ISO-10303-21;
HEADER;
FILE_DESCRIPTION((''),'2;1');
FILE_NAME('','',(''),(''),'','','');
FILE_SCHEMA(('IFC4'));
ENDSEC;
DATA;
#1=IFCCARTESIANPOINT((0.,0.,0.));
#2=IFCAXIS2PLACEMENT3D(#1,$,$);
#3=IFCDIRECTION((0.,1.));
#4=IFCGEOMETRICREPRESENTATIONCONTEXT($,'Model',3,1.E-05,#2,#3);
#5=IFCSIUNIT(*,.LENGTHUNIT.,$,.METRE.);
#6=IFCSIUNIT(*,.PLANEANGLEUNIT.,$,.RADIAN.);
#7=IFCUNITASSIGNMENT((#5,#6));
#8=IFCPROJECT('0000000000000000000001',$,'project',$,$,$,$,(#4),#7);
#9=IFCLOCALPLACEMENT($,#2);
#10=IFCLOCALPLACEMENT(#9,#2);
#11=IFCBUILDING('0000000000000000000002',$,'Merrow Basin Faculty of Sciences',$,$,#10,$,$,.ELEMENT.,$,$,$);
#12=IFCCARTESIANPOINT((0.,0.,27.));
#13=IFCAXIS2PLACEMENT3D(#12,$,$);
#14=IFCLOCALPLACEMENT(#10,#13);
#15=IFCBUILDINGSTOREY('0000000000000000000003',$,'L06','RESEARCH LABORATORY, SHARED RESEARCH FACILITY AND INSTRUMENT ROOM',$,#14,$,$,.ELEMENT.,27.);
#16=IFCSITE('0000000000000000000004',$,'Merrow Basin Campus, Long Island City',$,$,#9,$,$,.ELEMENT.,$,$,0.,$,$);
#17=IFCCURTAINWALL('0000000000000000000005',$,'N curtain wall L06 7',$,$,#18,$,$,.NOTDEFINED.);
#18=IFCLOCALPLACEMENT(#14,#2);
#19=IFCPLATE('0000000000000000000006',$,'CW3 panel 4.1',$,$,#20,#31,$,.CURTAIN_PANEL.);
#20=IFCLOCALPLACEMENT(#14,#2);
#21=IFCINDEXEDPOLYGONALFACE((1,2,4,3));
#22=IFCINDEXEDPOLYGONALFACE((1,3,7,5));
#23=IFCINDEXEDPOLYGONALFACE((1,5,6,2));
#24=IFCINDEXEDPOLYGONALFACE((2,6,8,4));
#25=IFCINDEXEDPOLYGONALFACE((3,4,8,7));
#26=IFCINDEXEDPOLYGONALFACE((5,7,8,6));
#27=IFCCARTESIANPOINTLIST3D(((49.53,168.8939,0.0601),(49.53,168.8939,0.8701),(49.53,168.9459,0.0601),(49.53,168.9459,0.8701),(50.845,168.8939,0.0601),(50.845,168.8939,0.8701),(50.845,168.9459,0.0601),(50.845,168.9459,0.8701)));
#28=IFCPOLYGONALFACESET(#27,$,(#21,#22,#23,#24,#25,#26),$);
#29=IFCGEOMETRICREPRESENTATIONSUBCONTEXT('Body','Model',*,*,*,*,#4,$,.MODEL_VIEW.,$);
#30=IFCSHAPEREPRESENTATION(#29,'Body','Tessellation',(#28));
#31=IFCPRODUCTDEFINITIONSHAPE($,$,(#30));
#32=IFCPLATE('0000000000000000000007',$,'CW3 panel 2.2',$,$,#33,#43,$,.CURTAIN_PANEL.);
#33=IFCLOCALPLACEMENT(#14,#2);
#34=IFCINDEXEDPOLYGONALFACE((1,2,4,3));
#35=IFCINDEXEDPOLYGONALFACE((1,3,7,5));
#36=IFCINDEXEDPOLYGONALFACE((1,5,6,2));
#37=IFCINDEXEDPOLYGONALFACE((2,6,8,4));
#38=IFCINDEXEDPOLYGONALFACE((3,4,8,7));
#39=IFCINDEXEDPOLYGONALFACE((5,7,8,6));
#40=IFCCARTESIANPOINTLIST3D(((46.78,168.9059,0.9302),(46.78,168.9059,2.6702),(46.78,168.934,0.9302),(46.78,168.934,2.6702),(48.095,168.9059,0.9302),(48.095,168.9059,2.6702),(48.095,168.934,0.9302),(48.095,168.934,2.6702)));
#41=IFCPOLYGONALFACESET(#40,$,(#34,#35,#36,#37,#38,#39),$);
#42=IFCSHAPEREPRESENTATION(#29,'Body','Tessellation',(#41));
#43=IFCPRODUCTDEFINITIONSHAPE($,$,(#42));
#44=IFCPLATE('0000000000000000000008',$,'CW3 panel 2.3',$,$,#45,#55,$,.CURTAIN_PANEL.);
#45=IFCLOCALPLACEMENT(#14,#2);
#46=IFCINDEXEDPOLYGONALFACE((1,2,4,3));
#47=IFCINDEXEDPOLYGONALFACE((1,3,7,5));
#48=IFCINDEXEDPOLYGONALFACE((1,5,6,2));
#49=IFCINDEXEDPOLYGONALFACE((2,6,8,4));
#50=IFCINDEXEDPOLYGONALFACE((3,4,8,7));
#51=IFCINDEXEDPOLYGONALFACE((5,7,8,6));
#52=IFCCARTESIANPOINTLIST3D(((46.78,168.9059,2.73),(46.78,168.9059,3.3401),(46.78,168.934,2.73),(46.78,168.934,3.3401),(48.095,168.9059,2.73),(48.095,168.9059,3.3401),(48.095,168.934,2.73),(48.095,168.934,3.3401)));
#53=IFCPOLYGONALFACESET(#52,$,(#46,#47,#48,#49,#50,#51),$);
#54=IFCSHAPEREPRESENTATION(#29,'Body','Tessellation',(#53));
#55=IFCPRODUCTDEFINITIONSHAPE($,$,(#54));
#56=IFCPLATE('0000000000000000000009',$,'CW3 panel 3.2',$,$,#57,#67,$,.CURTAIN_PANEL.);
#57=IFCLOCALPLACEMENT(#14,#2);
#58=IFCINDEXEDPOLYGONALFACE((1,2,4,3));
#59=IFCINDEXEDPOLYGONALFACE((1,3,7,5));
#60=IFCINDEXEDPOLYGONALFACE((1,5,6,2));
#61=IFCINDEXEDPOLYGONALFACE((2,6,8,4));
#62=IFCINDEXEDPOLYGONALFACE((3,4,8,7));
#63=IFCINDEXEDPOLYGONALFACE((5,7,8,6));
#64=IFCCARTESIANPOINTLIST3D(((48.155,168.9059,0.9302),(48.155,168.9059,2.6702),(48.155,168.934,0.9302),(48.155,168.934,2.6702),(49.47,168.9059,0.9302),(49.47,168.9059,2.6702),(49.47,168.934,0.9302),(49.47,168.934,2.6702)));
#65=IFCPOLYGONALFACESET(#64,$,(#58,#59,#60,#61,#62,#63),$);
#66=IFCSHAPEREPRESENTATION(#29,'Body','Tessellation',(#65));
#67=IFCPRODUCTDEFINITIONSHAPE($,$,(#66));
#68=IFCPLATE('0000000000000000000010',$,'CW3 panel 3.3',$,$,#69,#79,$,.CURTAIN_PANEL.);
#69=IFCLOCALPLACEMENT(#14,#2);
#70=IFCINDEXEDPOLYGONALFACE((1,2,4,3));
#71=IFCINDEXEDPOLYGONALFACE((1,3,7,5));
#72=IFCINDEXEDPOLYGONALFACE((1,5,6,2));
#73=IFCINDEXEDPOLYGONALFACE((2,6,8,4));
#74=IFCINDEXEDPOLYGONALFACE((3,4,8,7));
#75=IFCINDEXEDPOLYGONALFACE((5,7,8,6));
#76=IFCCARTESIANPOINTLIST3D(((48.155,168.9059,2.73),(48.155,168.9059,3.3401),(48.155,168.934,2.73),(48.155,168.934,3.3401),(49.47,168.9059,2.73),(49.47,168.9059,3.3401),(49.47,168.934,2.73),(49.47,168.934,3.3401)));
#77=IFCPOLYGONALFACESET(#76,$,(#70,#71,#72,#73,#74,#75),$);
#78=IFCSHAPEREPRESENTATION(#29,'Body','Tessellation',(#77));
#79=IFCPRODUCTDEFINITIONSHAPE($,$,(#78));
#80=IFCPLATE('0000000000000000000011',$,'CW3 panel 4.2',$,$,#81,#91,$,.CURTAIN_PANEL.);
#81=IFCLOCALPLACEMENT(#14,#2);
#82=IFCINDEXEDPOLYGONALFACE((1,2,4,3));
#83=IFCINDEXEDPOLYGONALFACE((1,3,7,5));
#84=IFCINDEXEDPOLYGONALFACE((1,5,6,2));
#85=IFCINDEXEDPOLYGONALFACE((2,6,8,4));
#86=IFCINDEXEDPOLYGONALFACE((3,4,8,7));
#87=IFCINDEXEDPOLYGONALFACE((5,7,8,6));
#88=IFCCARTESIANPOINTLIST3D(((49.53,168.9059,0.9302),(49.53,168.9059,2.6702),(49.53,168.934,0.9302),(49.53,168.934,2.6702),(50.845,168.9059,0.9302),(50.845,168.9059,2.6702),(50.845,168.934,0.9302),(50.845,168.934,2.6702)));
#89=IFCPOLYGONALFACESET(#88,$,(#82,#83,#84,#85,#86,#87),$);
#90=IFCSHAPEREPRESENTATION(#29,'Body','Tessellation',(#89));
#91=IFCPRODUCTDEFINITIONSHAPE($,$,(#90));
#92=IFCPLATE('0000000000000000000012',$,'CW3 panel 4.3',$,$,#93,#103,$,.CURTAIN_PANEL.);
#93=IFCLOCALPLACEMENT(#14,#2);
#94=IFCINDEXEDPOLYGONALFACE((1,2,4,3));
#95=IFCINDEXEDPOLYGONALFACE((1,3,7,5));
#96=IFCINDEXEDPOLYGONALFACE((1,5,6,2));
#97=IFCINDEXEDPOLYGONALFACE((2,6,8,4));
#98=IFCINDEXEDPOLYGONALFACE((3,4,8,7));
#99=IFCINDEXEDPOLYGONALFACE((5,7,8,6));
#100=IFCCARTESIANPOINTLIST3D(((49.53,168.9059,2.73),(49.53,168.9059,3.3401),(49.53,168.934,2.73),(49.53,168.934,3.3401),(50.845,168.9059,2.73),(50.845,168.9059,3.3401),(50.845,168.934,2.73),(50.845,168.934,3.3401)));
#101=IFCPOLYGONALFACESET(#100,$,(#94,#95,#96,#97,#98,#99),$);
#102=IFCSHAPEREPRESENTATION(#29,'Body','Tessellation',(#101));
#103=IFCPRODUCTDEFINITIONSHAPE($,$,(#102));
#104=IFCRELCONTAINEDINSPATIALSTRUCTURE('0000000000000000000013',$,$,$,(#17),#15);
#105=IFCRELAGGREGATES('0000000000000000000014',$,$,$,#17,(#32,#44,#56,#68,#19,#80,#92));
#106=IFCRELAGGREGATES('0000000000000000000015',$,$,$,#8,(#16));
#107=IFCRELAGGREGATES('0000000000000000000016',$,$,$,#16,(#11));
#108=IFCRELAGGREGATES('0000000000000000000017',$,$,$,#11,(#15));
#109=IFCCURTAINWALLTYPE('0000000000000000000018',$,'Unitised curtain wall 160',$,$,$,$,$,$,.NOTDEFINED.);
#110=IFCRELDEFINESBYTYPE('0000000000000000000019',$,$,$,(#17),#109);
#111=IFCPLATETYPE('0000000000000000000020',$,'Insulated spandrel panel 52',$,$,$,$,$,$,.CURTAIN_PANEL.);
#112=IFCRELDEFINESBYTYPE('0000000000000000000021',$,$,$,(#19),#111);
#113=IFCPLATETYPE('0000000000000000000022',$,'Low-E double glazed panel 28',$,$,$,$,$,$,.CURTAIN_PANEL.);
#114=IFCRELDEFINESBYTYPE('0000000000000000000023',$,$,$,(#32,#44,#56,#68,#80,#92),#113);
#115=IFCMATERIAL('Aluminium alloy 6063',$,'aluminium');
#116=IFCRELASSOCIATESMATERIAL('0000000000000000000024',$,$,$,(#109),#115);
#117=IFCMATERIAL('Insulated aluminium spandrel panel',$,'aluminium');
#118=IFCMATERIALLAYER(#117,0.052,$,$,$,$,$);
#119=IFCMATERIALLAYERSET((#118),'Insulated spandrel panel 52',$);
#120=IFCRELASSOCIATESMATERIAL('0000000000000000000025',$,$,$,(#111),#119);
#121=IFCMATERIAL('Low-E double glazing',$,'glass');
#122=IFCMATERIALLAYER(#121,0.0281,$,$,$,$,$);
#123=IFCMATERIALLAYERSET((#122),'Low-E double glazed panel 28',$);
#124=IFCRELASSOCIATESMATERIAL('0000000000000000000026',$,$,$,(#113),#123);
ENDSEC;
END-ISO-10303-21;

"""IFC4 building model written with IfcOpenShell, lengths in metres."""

from ifc_helpers import new_model, si_unit, direction, frame, origin, origin_2d, place, context, subcontext, project, spatial, rectangle, extrude, material, layer, layer_set, type_object, element, aggregate, save


model = new_model("IFC4")

# Units and contexts
model_context = context("Model", 3, precision=1e-05, world=origin(), true_north=direction((0.0, 1.0)))
body_context = subcontext(model_context, "Body", "Model", "MODEL_VIEW")
ifc_project = project(units=[si_unit("LENGTHUNIT", "METRE"), si_unit("PLANEANGLEUNIT", "RADIAN")], contexts=[model_context])

# Site, building, storey
site_placement = place(None, origin())
site = spatial("IfcSite", under=ifc_project, at=site_placement, Name="Merrow Basin Campus, Long Island City", CompositionType="ELEMENT", RefElevation=0.0)
building_placement = place(site_placement, origin())
building = spatial("IfcBuilding", under=site, at=building_placement, Name="Merrow Basin Faculty of Sciences", CompositionType="ELEMENT")
storey_placement = place(building_placement, frame((0.0, 0.0, 27.0)))
storey = spatial("IfcBuildingStorey", under=building, at=storey_placement, Name="L06", Description="RESEARCH LABORATORY, SHARED RESEARCH FACILITY AND INSTRUMENT ROOM", CompositionType="ELEMENT", Elevation=27.0)

# Curtain wall, plates
ifc_material_1 = material(Name="Aluminium alloy 6063", Category="aluminium")
curtain_wall_type = type_object("IfcCurtainWallType", Name="Unitised curtain wall 160", PredefinedType="NOTDEFINED", material=ifc_material_1)
curtain_wall_placement = place(storey_placement, origin())
curtain_wall = element("IfcCurtainWall", 1, at=curtain_wall_placement, inside=storey, type_object=curtain_wall_type, Name="N curtain wall L06 7", PredefinedType="NOTDEFINED")
ifc_material_2 = material(Name="Insulated aluminium spandrel panel", Category="aluminium")
ifc_layer_1 = layer(ifc_material_2, 0.052)
ifc_layer_set_1 = layer_set([ifc_layer_1], Name="Insulated spandrel panel 52")
plate_type_1 = type_object("IfcPlateType", Name="Insulated spandrel panel 52", PredefinedType="CURTAIN_PANEL", material=ifc_layer_set_1)
plate_1_placement = place(storey_placement, frame((50.1875, 168.9199, 0.0601), z_axis=(0.0, 0.0, 1.0), x_axis=(1.0, 0.0, 0.0)))
plate_1 = element("IfcPlate", 2, at=plate_1_placement, type_object=plate_type_1, Name="CW3 panel 4.1", PredefinedType="CURTAIN_PANEL", context=body_context, shape_type="SweptSolid", body=[
    extrude(rectangle(XDim=1.3149, YDim=0.052, at=origin_2d()), origin(), (0.0, 0.0, 1.0), 0.8101),
])
ifc_material_3 = material(Name="Low-E double glazing", Category="glass")
ifc_layer_2 = layer(ifc_material_3, 0.0281)
ifc_layer_set_2 = layer_set([ifc_layer_2], Name="Low-E double glazed panel 28")
plate_type_2 = type_object("IfcPlateType", Name="Low-E double glazed panel 28", PredefinedType="CURTAIN_PANEL", material=ifc_layer_set_2)
plate_2_placement = place(storey_placement, frame((47.4375, 168.9199, 0.9302), z_axis=(0.0, 0.0, 1.0), x_axis=(1.0, 0.0, 0.0)))
plate_2 = element("IfcPlate", 3, at=plate_2_placement, type_object=plate_type_2, Name="CW3 panel 2.2", PredefinedType="CURTAIN_PANEL", context=body_context, shape_type="SweptSolid", body=[
    extrude(rectangle(XDim=1.3149, YDim=0.0281, at=origin_2d()), origin(), (0.0, 0.0, 1.0), 1.74),
])
plate_3_placement = place(storey_placement, frame((47.4375, 168.9199, 2.73), z_axis=(0.0, 0.0, 1.0), x_axis=(1.0, 0.0, 0.0)))
plate_3 = element("IfcPlate", 4, at=plate_3_placement, type_object=plate_type_2, Name="CW3 panel 2.3", PredefinedType="CURTAIN_PANEL", context=body_context, shape_type="SweptSolid", body=[
    extrude(rectangle(XDim=1.3149, YDim=0.0281, at=origin_2d()), origin(), (0.0, 0.0, 1.0), 0.6101),
])
plate_4_placement = place(storey_placement, frame((48.8125, 168.9199, 0.9302), z_axis=(0.0, 0.0, 1.0), x_axis=(1.0, 0.0, 0.0)))
plate_4 = element("IfcPlate", 5, at=plate_4_placement, type_object=plate_type_2, Name="CW3 panel 3.2", PredefinedType="CURTAIN_PANEL", context=body_context, shape_type="SweptSolid", body=[
    extrude(rectangle(XDim=1.3149, YDim=0.0281, at=origin_2d()), origin(), (0.0, 0.0, 1.0), 1.74),
])
plate_5_placement = place(storey_placement, frame((48.8125, 168.9199, 2.73), z_axis=(0.0, 0.0, 1.0), x_axis=(1.0, 0.0, 0.0)))
plate_5 = element("IfcPlate", 6, at=plate_5_placement, type_object=plate_type_2, Name="CW3 panel 3.3", PredefinedType="CURTAIN_PANEL", context=body_context, shape_type="SweptSolid", body=[
    extrude(rectangle(XDim=1.3149, YDim=0.0281, at=origin_2d()), origin(), (0.0, 0.0, 1.0), 0.6101),
])
plate_6_placement = place(storey_placement, frame((50.1875, 168.9199, 0.9302), z_axis=(0.0, 0.0, 1.0), x_axis=(1.0, 0.0, 0.0)))
plate_6 = element("IfcPlate", 7, at=plate_6_placement, type_object=plate_type_2, Name="CW3 panel 4.2", PredefinedType="CURTAIN_PANEL", context=body_context, shape_type="SweptSolid", body=[
    extrude(rectangle(XDim=1.3149, YDim=0.0281, at=origin_2d()), origin(), (0.0, 0.0, 1.0), 1.74),
])
plate_7_placement = place(storey_placement, frame((50.1875, 168.9199, 2.73), z_axis=(0.0, 0.0, 1.0), x_axis=(1.0, 0.0, 0.0)))
plate_7 = element("IfcPlate", 8, at=plate_7_placement, type_object=plate_type_2, Name="CW3 panel 4.3", PredefinedType="CURTAIN_PANEL", context=body_context, shape_type="SweptSolid", body=[
    extrude(rectangle(XDim=1.3149, YDim=0.0281, at=origin_2d()), origin(), (0.0, 0.0, 1.0), 0.6101),
])
aggregate(curtain_wall, [plate_2, plate_3, plate_4, plate_5, plate_1, plate_6, plate_7])

save(model, "model.ifc")
